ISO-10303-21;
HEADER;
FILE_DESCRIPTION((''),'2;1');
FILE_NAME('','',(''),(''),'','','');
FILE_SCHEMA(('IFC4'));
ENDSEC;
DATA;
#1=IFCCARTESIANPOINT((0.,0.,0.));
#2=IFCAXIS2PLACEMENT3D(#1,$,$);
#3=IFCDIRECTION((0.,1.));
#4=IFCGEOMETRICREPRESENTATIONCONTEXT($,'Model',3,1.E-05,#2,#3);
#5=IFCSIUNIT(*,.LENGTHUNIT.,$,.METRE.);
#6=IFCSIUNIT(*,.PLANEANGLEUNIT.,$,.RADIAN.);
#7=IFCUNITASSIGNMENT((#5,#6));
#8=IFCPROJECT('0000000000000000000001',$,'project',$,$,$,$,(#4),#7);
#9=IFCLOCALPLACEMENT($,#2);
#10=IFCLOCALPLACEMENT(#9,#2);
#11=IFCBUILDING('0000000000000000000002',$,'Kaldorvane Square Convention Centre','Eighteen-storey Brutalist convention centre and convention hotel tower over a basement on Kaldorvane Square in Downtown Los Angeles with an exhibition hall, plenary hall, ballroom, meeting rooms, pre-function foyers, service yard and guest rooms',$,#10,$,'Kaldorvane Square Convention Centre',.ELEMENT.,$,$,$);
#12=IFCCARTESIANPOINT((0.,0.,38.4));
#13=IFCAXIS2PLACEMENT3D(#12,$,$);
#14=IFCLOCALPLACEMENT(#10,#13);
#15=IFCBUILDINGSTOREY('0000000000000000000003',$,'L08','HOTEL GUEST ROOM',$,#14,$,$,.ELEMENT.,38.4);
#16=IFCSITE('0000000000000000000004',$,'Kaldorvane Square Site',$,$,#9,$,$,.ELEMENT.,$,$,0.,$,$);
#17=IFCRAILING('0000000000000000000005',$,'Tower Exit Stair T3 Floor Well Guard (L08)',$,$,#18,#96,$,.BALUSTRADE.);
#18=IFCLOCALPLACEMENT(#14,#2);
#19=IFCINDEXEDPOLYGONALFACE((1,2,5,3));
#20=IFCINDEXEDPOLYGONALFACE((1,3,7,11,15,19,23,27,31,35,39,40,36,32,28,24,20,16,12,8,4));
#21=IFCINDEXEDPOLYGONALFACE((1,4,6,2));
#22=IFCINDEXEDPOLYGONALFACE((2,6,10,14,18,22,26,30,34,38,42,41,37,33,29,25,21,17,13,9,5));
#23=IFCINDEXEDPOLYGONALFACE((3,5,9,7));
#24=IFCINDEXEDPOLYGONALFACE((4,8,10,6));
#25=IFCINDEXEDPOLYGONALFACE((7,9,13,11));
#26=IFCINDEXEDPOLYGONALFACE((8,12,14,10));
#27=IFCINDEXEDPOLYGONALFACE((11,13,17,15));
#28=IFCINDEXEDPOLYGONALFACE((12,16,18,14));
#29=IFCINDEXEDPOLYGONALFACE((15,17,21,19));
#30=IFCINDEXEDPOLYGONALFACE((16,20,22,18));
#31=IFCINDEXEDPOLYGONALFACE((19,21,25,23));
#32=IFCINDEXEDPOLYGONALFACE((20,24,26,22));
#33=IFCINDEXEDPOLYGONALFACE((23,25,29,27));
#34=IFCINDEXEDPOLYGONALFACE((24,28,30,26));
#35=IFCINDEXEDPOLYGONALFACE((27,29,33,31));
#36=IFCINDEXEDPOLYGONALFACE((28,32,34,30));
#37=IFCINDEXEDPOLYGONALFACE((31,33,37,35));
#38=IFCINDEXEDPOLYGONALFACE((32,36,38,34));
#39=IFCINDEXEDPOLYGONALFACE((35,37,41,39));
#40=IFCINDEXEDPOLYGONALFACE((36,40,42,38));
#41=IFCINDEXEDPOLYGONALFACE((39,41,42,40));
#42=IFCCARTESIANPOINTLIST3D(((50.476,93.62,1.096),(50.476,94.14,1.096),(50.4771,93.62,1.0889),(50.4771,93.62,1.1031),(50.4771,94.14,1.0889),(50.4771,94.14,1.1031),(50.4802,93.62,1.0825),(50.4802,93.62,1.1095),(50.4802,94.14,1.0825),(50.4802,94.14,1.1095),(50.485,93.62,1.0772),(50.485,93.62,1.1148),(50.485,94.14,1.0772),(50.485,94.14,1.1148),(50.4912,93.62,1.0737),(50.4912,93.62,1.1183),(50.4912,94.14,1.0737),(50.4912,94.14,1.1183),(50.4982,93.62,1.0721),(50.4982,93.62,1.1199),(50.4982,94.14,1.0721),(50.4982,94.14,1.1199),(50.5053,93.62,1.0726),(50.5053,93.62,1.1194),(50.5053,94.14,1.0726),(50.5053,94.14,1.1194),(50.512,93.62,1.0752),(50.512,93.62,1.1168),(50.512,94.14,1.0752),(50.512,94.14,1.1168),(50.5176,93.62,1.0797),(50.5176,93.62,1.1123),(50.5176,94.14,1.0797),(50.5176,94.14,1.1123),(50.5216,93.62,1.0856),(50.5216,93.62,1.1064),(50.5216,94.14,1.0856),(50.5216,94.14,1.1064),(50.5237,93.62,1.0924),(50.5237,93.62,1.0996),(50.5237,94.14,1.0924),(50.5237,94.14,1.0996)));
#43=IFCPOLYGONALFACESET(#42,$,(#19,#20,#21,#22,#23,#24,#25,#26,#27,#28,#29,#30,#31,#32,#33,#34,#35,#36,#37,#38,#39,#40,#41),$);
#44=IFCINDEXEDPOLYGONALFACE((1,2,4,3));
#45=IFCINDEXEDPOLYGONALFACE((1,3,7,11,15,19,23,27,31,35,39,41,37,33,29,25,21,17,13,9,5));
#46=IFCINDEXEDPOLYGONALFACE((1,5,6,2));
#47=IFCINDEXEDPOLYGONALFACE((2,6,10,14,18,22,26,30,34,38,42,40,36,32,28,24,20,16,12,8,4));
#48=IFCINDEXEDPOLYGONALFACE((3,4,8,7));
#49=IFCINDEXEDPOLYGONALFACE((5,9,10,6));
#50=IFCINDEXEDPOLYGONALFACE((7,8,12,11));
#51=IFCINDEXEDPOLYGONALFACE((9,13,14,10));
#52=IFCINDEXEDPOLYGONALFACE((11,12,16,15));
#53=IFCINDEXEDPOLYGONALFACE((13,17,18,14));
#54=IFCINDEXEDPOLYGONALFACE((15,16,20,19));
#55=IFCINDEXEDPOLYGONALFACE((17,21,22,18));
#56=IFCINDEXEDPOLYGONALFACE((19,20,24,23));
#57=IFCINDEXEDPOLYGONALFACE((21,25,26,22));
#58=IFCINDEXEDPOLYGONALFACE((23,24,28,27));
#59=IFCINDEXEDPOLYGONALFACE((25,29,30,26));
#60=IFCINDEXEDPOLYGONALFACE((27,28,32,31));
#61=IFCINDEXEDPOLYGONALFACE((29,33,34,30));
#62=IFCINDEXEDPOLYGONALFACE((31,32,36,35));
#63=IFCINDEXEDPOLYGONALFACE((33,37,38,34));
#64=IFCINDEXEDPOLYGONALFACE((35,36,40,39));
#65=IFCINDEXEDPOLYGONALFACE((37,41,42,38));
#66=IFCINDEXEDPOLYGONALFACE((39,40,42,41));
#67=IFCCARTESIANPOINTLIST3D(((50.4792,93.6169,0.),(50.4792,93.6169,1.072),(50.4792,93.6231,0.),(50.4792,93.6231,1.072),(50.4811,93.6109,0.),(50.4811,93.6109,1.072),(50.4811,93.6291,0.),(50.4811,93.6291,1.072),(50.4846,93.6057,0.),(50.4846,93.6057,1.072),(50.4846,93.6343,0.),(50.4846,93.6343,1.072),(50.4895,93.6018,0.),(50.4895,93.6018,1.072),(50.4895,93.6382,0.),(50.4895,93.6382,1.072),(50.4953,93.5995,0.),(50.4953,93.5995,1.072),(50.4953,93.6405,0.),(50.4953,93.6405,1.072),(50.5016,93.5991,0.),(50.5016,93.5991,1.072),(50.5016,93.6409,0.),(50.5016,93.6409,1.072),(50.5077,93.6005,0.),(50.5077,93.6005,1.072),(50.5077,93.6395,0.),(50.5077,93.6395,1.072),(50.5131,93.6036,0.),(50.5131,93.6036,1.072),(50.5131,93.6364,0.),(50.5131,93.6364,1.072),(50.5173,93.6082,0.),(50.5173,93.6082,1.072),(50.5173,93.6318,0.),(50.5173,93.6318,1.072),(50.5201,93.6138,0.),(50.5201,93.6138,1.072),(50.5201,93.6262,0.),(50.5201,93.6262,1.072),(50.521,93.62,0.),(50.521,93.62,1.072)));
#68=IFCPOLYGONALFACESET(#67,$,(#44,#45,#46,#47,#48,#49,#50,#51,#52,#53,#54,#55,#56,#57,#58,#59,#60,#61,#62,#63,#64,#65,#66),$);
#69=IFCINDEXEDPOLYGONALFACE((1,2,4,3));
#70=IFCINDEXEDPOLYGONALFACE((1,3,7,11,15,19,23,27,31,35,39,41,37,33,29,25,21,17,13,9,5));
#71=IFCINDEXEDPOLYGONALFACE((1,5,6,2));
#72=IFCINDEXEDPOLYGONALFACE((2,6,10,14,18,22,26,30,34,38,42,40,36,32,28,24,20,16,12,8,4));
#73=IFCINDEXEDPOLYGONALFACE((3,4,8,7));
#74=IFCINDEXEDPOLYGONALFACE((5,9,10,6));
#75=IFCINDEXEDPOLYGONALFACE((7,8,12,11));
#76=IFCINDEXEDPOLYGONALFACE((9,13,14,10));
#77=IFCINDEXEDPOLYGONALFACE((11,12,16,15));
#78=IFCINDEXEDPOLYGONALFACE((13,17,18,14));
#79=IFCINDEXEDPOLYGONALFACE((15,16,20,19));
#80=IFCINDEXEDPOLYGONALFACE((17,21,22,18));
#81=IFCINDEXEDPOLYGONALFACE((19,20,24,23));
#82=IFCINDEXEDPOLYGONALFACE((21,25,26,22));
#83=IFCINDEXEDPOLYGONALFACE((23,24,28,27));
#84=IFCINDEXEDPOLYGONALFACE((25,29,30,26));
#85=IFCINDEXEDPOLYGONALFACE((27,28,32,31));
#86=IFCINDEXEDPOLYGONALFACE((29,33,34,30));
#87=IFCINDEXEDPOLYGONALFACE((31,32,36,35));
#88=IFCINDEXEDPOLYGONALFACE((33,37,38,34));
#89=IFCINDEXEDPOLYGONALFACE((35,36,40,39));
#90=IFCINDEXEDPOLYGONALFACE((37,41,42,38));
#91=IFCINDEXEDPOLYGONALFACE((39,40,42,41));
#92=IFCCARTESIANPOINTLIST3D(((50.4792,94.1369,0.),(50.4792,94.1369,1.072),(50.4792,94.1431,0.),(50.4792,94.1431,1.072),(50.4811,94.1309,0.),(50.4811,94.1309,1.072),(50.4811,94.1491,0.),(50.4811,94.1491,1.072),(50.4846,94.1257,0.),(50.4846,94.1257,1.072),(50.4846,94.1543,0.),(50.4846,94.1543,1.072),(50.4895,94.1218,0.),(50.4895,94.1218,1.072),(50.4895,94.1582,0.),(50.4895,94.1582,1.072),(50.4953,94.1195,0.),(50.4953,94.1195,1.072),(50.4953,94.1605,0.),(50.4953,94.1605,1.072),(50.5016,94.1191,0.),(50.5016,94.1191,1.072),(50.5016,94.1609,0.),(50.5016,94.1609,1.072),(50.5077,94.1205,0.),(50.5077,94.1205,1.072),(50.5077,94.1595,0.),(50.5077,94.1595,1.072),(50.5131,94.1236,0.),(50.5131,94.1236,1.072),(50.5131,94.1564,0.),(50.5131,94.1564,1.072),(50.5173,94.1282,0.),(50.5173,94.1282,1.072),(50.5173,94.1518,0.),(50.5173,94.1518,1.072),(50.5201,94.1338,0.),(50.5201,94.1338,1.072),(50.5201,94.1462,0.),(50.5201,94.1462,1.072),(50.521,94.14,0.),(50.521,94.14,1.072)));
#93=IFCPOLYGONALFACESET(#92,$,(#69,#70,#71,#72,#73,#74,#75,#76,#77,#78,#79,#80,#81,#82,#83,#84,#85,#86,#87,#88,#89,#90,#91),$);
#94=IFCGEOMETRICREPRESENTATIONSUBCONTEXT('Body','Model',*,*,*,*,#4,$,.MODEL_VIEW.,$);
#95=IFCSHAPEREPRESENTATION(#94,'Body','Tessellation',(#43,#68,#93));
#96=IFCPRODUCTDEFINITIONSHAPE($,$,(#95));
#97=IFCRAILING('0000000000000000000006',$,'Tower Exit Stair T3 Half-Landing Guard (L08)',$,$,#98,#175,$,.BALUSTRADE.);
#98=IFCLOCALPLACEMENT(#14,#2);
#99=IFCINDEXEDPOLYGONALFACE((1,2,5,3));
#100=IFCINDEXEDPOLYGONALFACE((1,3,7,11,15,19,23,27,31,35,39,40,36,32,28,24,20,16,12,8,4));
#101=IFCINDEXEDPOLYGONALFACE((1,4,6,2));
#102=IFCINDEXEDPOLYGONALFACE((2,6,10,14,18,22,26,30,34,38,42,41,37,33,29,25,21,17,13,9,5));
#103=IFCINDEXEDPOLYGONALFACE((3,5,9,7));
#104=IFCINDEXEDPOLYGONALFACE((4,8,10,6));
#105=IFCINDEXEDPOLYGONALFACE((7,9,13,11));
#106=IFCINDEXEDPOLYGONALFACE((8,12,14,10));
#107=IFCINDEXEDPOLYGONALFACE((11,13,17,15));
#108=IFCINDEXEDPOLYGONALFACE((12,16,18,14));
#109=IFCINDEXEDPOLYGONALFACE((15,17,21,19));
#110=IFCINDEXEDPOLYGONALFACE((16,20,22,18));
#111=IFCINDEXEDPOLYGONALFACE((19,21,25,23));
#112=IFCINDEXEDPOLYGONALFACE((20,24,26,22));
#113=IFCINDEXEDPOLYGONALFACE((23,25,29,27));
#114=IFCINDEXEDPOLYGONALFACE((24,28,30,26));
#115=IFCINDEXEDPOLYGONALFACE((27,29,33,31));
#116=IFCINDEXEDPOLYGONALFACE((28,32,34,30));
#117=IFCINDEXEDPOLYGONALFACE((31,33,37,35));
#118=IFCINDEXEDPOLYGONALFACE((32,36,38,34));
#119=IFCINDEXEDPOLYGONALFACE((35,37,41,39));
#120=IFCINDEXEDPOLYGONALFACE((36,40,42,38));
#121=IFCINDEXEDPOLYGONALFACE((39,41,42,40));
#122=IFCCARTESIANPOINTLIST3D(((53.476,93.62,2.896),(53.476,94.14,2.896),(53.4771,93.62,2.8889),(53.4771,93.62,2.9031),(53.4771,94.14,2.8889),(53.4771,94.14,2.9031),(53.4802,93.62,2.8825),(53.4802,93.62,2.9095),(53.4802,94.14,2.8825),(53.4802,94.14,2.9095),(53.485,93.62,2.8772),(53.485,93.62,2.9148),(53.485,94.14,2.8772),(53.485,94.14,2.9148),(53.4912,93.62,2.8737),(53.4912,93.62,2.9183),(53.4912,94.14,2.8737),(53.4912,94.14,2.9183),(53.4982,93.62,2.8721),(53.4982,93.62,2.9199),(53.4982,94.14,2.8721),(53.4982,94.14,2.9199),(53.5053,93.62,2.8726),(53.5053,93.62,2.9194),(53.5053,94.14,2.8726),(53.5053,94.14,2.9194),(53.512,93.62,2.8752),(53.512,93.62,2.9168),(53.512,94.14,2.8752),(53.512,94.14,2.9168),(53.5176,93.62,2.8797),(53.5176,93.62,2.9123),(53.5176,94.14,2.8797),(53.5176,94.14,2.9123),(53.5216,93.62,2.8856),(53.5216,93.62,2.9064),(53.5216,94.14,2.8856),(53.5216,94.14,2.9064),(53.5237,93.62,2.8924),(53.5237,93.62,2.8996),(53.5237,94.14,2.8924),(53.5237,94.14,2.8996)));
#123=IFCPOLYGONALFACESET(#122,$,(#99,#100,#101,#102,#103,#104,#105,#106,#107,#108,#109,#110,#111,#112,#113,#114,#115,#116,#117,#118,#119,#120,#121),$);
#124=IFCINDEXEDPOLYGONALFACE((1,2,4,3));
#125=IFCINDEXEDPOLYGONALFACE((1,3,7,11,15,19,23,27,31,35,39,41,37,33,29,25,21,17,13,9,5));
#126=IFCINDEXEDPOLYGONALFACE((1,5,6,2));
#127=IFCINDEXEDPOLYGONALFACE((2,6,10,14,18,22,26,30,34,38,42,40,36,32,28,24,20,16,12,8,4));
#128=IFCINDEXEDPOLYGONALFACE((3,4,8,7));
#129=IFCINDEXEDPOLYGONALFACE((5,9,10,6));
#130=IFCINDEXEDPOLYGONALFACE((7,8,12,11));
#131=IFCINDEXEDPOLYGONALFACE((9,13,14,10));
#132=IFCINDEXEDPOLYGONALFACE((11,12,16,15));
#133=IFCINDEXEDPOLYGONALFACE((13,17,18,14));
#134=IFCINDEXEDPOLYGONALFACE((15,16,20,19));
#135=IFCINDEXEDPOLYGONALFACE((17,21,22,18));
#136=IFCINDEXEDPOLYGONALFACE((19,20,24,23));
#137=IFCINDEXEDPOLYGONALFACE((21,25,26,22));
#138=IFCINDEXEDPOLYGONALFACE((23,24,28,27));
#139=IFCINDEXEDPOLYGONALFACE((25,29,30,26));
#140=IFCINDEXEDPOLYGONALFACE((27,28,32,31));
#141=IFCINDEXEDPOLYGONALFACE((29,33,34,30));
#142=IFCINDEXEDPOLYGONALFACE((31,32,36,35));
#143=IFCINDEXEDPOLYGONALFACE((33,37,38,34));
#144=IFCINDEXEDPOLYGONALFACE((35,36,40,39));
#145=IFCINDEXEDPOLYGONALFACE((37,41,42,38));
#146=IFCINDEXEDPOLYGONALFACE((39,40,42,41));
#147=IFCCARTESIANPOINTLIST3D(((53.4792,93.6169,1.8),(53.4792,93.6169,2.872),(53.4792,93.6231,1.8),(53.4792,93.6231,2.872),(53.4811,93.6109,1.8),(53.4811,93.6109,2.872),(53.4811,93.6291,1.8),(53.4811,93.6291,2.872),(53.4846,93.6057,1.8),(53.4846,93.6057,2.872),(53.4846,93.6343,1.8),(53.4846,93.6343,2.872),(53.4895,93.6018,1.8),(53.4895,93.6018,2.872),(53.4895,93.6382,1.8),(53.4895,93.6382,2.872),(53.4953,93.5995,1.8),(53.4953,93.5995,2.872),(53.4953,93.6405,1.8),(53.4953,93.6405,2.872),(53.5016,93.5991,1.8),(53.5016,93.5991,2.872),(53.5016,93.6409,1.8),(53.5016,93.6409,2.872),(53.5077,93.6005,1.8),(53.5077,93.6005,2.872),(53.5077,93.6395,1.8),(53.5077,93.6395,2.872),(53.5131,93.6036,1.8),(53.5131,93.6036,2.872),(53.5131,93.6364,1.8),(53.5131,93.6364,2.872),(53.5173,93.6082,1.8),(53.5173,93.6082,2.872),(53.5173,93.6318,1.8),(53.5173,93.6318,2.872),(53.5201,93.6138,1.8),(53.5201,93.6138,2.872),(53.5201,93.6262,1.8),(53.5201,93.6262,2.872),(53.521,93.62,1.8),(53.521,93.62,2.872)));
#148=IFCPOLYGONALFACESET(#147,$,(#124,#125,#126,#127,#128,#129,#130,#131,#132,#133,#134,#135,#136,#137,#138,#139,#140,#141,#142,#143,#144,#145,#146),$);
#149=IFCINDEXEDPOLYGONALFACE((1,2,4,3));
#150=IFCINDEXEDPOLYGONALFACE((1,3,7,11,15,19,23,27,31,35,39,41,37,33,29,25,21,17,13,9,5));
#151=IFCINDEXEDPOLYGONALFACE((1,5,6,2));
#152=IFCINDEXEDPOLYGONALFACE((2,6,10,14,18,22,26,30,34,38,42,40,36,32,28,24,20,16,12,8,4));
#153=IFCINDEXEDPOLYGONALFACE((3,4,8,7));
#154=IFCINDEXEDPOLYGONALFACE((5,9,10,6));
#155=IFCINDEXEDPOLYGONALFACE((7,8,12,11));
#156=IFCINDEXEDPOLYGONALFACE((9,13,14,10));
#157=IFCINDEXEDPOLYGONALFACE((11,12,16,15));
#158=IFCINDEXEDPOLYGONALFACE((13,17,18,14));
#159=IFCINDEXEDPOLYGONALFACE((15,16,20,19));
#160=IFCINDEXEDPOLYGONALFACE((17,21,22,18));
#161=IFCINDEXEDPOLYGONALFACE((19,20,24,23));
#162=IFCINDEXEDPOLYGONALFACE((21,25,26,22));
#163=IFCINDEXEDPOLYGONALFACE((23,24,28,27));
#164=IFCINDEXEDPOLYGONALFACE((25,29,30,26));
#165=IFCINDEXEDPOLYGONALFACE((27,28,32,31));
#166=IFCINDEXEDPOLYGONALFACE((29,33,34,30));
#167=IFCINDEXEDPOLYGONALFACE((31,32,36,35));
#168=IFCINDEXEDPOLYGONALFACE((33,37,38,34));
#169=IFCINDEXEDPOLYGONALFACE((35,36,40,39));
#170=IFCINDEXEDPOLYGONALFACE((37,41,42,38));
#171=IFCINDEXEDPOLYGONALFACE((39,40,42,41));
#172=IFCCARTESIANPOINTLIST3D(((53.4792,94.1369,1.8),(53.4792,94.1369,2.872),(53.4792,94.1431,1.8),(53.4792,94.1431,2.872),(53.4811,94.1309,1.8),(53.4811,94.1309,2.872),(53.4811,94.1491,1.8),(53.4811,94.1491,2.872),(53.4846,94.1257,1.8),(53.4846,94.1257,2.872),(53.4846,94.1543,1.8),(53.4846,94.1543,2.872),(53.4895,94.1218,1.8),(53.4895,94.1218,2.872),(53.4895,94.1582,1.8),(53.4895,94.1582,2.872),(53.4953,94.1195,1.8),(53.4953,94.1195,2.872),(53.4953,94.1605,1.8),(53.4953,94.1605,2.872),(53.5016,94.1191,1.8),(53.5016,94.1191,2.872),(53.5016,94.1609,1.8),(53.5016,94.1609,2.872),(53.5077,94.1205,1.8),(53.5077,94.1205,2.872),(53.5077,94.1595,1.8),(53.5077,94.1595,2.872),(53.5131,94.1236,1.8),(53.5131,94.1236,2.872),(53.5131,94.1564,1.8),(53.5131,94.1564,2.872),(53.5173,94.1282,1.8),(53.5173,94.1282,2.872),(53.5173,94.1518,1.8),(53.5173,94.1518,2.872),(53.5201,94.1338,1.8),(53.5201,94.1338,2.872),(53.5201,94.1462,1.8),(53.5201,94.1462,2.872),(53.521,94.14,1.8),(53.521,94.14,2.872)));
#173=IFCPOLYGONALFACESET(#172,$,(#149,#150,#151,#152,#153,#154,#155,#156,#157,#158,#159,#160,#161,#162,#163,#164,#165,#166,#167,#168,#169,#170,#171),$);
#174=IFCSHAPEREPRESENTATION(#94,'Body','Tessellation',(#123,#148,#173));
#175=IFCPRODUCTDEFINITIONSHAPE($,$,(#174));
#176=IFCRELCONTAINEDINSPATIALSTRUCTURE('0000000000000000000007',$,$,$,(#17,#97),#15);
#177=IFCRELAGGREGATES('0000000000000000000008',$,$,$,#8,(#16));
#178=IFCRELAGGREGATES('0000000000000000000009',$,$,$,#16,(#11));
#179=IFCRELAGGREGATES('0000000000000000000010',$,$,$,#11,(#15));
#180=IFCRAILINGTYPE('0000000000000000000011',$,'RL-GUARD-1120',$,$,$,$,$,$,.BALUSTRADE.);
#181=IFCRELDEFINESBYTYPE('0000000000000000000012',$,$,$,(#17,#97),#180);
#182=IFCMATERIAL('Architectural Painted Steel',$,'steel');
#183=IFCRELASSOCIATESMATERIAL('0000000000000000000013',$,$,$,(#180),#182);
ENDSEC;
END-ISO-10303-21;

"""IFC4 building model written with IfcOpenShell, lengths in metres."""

from ifc_helpers import new_model, si_unit, direction, frame, origin, origin_2d, place, context, subcontext, project, spatial, circle, extrude, material, type_object, element, save


model = new_model("IFC4")

# Units and contexts
model_context = context("Model", 3, precision=1e-05, world=origin(), true_north=direction((0.0, 1.0)))
body_context = subcontext(model_context, "Body", "Model", "MODEL_VIEW")
ifc_project = project(units=[si_unit("LENGTHUNIT", "METRE"), si_unit("PLANEANGLEUNIT", "RADIAN")], contexts=[model_context])

# Site, building, storey
site_placement = place(None, origin())
site = spatial("IfcSite", under=ifc_project, at=site_placement, Name="Kaldorvane Square Site", CompositionType="ELEMENT", RefElevation=0.0)
building_placement = place(site_placement, origin())
building = spatial("IfcBuilding", under=site, at=building_placement, Name="Kaldorvane Square Convention Centre", Description="Eighteen-storey Brutalist convention centre and convention hotel tower over a basement on Kaldorvane Square in Downtown Los Angeles with an exhibition hall, plenary hall, ballroom, meeting rooms, pre-function foyers, service yard and guest rooms", LongName="Kaldorvane Square Convention Centre", CompositionType="ELEMENT")
storey_placement = place(building_placement, frame((0.0, 0.0, 38.4)))
storey = spatial("IfcBuildingStorey", under=building, at=storey_placement, Name="L08", Description="HOTEL GUEST ROOM", CompositionType="ELEMENT", Elevation=38.4)

# Railings
ifc_material_1 = material(Name="Architectural Painted Steel", Category="steel")
railing_type_1 = type_object("IfcRailingType", Name="RL-GUARD-1120", PredefinedType="BALUSTRADE", material=ifc_material_1)
for number, where, name in (
    (1, (50.5, 93.62, 0.0), "Tower Exit Stair T3 Floor Well Guard (L08)"),
    (2, (53.5, 93.62, 1.8), "Tower Exit Stair T3 Half-Landing Guard (L08)"),
):
    element("IfcRailing", number, at=place(storey_placement, frame(where)), inside=storey, type_object=railing_type_1, Name=name, PredefinedType="BALUSTRADE", context=body_context, shape_type="SweptSolid", body=[
        extrude(circle(Radius=0.024, at=origin_2d()), frame((0.0, 0.0, 1.096), z_axis=(0.0, 1.0, 0.0), x_axis=(-1.0, 0.0, 0.0)), (0.0, 0.0, 1.0), 0.52),
        extrude(circle(Radius=0.021, at=origin_2d()), origin(), (0.0, 0.0, 1.0), 1.072),
        extrude(circle(Radius=0.021, at=origin_2d()), frame((0.0, 0.52, 0.0)), (0.0, 0.0, 1.0), 1.072),
    ])

save(model, "model.ifc")
